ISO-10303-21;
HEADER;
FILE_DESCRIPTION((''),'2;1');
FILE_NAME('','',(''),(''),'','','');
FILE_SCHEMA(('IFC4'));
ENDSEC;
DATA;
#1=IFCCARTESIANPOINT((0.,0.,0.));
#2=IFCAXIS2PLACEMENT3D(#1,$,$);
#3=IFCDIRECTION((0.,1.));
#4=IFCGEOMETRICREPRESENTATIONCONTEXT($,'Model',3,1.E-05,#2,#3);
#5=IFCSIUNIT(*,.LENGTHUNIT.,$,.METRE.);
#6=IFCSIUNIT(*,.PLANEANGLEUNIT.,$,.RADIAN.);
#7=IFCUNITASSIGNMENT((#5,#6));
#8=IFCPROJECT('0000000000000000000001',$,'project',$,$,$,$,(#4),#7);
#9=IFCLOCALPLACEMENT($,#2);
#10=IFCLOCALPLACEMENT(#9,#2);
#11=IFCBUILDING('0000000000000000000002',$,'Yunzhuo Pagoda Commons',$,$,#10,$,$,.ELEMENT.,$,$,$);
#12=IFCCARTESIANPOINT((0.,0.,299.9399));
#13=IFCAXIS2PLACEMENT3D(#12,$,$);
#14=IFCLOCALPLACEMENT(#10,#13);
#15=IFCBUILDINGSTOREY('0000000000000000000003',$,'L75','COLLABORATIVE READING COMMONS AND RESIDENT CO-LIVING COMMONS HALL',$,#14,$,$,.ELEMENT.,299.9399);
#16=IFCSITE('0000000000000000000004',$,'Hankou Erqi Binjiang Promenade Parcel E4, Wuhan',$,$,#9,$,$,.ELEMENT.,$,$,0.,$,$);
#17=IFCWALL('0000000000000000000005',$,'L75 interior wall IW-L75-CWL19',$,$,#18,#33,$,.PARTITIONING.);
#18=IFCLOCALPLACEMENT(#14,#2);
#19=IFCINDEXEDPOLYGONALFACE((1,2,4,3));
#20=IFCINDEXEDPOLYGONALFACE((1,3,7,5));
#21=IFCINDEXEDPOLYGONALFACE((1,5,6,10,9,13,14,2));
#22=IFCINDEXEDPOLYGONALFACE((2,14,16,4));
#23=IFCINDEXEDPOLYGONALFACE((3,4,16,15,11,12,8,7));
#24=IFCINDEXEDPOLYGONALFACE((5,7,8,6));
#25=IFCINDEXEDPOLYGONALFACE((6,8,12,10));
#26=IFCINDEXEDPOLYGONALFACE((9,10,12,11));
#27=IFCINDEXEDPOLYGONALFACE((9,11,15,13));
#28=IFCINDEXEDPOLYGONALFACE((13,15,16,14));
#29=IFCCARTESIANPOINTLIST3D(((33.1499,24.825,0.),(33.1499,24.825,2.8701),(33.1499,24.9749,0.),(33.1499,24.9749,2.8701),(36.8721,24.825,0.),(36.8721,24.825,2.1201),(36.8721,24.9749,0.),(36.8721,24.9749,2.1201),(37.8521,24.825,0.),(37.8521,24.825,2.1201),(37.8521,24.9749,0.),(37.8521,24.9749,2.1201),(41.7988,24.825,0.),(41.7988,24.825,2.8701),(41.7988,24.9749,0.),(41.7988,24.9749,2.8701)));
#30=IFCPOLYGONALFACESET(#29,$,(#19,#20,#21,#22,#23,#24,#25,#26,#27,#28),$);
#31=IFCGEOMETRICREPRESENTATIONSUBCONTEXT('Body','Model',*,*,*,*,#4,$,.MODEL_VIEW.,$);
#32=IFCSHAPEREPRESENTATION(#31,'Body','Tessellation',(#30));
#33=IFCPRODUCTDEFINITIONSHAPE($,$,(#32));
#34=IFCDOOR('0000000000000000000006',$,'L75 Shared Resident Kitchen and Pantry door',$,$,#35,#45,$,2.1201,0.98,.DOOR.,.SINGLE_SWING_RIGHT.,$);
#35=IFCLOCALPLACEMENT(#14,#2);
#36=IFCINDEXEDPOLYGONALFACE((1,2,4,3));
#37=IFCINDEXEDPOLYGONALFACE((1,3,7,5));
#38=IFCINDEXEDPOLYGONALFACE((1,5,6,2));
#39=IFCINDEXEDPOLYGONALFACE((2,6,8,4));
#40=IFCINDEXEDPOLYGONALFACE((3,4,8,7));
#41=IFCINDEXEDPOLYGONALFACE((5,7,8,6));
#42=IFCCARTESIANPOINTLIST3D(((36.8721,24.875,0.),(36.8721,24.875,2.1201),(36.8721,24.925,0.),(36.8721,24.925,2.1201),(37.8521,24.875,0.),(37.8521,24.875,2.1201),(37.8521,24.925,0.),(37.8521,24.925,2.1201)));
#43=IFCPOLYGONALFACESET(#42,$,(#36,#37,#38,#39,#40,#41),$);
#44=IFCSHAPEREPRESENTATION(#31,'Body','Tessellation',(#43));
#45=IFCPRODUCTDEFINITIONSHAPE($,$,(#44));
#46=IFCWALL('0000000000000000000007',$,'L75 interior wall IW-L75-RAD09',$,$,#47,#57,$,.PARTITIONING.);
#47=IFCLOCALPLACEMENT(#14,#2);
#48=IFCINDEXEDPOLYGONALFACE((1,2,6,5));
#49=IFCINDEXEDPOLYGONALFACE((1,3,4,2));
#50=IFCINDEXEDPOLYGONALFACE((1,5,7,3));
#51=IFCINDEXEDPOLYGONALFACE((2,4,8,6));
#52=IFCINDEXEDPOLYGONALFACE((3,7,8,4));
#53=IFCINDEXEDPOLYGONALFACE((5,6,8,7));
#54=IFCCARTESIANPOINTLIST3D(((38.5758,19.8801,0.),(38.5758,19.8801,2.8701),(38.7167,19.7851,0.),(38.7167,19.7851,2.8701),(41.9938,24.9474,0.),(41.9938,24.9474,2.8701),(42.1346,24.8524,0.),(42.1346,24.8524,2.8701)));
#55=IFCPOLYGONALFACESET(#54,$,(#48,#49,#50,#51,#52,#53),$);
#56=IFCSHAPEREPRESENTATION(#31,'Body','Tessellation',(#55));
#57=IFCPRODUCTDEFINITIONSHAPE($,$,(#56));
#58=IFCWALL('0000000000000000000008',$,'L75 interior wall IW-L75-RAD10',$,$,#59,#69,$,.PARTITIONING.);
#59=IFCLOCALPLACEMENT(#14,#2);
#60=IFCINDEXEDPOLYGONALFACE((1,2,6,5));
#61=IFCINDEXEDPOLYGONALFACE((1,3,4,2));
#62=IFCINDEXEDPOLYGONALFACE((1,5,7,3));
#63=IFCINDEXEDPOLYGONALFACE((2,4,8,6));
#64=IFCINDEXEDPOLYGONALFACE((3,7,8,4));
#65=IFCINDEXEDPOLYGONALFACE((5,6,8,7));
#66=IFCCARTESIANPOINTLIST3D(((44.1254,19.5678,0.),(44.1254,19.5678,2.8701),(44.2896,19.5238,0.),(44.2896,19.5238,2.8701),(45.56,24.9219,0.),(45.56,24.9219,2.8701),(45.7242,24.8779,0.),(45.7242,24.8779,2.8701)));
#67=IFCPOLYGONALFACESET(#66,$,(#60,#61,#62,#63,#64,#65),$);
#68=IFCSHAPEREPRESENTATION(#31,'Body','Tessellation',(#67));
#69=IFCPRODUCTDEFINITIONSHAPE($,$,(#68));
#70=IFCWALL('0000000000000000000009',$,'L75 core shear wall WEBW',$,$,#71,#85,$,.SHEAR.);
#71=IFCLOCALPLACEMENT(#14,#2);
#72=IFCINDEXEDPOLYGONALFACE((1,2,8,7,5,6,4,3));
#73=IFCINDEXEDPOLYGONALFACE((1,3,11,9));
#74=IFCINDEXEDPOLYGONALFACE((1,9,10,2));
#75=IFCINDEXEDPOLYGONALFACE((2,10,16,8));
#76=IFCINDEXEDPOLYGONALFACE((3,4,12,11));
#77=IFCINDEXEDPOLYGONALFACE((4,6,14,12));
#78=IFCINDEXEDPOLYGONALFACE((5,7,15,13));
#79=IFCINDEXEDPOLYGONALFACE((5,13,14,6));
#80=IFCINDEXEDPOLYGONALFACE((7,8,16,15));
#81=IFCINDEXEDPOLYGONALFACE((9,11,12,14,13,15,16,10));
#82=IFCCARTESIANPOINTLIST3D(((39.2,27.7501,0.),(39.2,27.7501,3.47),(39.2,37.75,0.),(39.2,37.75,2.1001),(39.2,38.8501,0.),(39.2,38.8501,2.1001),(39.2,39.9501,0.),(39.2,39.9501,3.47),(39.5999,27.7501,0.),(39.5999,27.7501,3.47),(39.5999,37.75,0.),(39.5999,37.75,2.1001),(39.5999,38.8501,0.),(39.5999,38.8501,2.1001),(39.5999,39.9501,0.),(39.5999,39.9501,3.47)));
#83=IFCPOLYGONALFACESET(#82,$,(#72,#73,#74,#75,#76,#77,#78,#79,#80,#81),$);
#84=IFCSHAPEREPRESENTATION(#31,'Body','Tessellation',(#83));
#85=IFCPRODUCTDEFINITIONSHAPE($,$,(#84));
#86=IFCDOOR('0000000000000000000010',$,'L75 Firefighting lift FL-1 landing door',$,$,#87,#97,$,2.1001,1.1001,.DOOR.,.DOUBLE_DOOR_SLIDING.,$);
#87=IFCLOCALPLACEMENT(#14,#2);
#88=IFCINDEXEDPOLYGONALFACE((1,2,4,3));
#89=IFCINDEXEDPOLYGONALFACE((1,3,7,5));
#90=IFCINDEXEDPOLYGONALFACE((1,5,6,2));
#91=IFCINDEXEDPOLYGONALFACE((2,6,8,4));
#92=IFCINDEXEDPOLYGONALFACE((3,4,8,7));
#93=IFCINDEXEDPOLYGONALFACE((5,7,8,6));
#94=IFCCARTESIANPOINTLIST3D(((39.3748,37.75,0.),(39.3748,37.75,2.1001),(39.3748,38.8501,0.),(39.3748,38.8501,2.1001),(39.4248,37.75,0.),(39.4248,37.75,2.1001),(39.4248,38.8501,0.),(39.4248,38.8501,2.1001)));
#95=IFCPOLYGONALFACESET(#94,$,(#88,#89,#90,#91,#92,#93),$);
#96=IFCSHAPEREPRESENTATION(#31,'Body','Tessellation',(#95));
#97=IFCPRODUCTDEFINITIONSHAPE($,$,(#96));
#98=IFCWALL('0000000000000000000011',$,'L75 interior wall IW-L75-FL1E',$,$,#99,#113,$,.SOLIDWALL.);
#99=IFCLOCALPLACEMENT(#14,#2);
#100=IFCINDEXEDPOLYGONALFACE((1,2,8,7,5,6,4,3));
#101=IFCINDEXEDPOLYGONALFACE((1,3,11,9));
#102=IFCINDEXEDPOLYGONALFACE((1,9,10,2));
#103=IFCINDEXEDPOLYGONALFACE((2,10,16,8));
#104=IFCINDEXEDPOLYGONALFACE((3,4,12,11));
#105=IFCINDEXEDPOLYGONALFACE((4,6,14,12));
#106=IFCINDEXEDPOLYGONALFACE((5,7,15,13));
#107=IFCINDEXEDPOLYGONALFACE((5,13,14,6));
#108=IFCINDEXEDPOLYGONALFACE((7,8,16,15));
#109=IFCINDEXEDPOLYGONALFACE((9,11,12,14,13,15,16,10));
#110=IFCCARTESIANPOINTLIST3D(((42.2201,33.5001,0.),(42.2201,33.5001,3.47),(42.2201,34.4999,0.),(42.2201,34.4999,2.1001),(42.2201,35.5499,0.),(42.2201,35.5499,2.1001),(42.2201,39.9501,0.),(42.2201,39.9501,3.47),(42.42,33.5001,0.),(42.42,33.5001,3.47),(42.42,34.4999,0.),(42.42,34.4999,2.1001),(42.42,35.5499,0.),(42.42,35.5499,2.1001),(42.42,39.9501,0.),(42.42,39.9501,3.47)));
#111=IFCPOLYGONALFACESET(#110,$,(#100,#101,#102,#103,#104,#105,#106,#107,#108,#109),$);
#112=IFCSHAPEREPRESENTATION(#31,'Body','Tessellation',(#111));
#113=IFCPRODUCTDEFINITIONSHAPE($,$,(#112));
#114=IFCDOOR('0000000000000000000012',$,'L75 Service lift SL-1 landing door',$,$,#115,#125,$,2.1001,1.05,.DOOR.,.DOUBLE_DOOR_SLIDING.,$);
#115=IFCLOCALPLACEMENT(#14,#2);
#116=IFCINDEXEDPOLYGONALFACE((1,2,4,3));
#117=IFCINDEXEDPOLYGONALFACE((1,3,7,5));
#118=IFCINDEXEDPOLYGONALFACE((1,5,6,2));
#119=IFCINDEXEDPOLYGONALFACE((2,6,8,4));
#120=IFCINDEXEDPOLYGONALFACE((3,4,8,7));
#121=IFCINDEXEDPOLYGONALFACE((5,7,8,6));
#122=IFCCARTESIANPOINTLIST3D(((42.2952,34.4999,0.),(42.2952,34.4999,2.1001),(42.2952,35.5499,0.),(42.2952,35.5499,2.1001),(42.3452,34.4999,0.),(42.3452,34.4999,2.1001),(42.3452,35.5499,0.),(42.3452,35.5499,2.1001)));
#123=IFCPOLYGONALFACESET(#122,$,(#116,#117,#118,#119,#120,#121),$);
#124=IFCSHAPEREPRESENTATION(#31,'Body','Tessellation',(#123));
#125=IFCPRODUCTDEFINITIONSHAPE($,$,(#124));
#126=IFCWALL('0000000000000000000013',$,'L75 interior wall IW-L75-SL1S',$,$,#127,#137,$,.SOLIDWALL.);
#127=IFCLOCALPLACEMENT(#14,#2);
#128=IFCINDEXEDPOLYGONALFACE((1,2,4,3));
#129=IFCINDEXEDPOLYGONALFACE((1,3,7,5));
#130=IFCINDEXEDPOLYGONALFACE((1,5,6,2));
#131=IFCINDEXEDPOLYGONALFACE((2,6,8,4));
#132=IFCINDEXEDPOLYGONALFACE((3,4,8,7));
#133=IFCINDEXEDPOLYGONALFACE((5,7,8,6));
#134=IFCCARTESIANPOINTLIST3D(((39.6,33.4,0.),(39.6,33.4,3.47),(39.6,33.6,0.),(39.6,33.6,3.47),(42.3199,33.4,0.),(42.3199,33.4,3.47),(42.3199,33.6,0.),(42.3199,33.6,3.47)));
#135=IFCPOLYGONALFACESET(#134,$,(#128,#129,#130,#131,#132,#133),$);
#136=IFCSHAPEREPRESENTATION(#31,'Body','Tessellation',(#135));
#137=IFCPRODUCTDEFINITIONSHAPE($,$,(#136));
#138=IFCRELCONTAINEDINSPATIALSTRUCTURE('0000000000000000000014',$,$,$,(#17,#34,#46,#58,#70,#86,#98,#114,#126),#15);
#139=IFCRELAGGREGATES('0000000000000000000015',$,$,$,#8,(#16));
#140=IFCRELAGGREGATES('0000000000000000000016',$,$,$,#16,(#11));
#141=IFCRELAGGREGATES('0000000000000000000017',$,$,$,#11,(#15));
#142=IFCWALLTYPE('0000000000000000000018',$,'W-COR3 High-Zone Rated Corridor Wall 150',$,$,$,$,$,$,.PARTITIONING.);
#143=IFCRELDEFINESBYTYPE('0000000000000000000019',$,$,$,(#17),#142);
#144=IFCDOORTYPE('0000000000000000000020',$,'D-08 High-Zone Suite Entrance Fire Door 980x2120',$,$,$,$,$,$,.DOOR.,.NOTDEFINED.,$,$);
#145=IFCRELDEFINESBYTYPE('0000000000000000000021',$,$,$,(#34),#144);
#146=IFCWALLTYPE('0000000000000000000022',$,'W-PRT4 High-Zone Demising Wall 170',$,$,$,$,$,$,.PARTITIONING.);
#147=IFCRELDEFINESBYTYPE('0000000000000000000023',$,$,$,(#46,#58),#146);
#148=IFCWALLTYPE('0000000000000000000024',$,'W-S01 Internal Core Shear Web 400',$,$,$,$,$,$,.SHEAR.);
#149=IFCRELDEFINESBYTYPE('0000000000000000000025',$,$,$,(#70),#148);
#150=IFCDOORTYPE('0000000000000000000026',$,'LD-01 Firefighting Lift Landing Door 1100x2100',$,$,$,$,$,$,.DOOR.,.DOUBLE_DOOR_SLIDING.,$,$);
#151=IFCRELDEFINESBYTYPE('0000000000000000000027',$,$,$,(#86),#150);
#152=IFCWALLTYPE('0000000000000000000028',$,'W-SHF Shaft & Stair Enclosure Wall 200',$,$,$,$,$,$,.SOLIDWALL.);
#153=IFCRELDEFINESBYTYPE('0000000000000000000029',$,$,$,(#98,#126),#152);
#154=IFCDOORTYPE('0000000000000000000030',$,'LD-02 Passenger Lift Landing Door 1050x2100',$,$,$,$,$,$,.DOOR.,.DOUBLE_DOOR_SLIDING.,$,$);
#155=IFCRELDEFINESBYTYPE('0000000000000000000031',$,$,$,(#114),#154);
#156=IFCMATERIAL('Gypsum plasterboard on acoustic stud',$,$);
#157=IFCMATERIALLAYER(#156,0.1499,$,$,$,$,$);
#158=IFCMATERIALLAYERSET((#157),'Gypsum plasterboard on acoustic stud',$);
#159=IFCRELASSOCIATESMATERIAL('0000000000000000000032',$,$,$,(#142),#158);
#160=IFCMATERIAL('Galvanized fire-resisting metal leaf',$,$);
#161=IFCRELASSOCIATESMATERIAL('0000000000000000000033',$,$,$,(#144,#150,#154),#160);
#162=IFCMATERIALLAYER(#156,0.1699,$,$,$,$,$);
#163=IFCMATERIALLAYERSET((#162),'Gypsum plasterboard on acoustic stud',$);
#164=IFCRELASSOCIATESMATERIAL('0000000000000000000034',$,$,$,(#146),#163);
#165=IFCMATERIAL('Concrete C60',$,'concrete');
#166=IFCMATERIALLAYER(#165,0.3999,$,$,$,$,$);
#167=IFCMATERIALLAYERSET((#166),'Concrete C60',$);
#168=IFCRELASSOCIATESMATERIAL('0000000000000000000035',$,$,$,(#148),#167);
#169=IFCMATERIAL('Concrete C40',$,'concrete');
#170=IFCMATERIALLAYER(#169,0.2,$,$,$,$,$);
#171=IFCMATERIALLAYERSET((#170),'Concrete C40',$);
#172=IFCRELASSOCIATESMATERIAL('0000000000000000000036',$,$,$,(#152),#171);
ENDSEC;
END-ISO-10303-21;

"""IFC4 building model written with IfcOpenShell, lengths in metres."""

from ifc_helpers import new_model, si_unit, direction, frame, frame_2d, origin, origin_with_axes, place, context, subcontext, project, spatial, rectangle, extrude, source, transform, mapped, material, layer, layer_set, type_object, element, fill, save


model = new_model("IFC4")

# Units and contexts
model_context = context("Model", 3, precision=1e-05, world=origin(), true_north=direction((0.0, 1.0)))
body_context = subcontext(model_context, "Body", "Model", "MODEL_VIEW")
ifc_project = project(units=[si_unit("LENGTHUNIT", "METRE"), si_unit("PLANEANGLEUNIT", "RADIAN")], contexts=[model_context])

# Site, building, storey
site_placement = place(None, origin())
site = spatial("IfcSite", under=ifc_project, at=site_placement, Name="Hankou Erqi Binjiang Promenade Parcel E4, Wuhan", CompositionType="ELEMENT", RefElevation=0.0)
building_placement = place(site_placement, origin())
building = spatial("IfcBuilding", under=site, at=building_placement, Name="Yunzhuo Pagoda Commons", CompositionType="ELEMENT")
storey_placement = place(building_placement, frame((0.0, 0.0, 299.9399)))
storey = spatial("IfcBuildingStorey", under=building, at=storey_placement, Name="L75", Description="COLLABORATIVE READING COMMONS AND RESIDENT CO-LIVING COMMONS HALL", CompositionType="ELEMENT", Elevation=299.9399)

# Wall, opening, door
ifc_material_1 = material(Name="Gypsum plasterboard on acoustic stud")
ifc_layer_1 = layer(ifc_material_1, 0.1499)
ifc_layer_set_1 = layer_set([ifc_layer_1], Name="Gypsum plasterboard on acoustic stud")
wall_type_1 = type_object("IfcWallType", Name="W-COR3 High-Zone Rated Corridor Wall 150", PredefinedType="PARTITIONING", material=ifc_layer_set_1)
ifc_material_2 = material(Name="Galvanized fire-resisting metal leaf")
wall_1_placement = place(storey_placement, frame((41.7988, 24.8999, 0.0), z_axis=(0.0, 0.0, 1.0), x_axis=(-1.0, 0.0, 0.0)))
wall_1 = element("IfcWall", 1, at=wall_1_placement, inside=storey, type_object=wall_type_1, Name="L75 interior wall IW-L75-CWL19", PredefinedType="PARTITIONING", context=body_context, shape_type="SweptSolid", body=[
    extrude(rectangle(XDim=8.6489, YDim=0.1499, at=frame_2d((4.3245, 0.0))), origin(), (0.0, 0.0, 1.0), 2.8701),
])
opening_1_placement = place(wall_1_placement, frame((3.9468, 0.0, 0.0)))
opening_1 = element("IfcOpeningElement", 2, at=opening_1_placement, cuts=wall_1, PredefinedType="OPENING", context=body_context, shape_type="SweptSolid", body=[
    extrude(rectangle(XDim=0.98, YDim=2.1201, at=frame_2d((0.49, 1.0601))), frame((0.0, 0.085, 0.0), z_axis=(0.0, -1.0, 0.0), x_axis=(1.0, 0.0, 0.0)), (0.0, 0.0, 1.0), 0.1699),
])
door_type_1 = type_object("IfcDoorType", Name="D-08 High-Zone Suite Entrance Fire Door 980x2120", OperationType="NOTDEFINED", PredefinedType="DOOR", material=ifc_material_2)
shared_shape_1 = source(origin(), body_context, "Body", "SweptSolid", [
    extrude(rectangle(XDim=0.98, YDim=2.1201, at=frame_2d((0.49, 1.0601))), frame((0.0, 0.0249, 0.0), z_axis=(0.0, -1.0, 0.0), x_axis=(1.0, 0.0, 0.0)), (0.0, 0.0, 1.0), 0.05),
])
door_1_placement = place(opening_1_placement, origin_with_axes())
door_1 = element("IfcDoor", 3, at=door_1_placement, inside=storey, type_object=door_type_1, Name="L75 Shared Resident Kitchen and Pantry door", OperationType="SINGLE_SWING_RIGHT", OverallHeight=2.1201, OverallWidth=0.98, PredefinedType="DOOR", context=body_context, shape_type="MappedRepresentation", body=[
    mapped(shared_shape_1, transform((0.0, 0.0, 0.0), scale=1.0)),
])
fill(opening_1, door_1)

# Walls
ifc_layer_2 = layer(ifc_material_1, 0.1699)
ifc_layer_set_2 = layer_set([ifc_layer_2], Name="Gypsum plasterboard on acoustic stud")
wall_type_2 = type_object("IfcWallType", Name="W-PRT4 High-Zone Demising Wall 170", PredefinedType="PARTITIONING", material=ifc_layer_set_2)
wall_2_placement = place(storey_placement, frame((42.0642, 24.8999, 0.0), z_axis=(0.0, 0.0, 1.0), x_axis=(-0.55919, -0.829039, 0.0)))
element("IfcWall", 4, at=wall_2_placement, inside=storey, type_object=wall_type_2, Name="L75 interior wall IW-L75-RAD09", PredefinedType="PARTITIONING", context=body_context, shape_type="SweptSolid", body=[
    extrude(rectangle(XDim=6.1123, YDim=0.1699, at=frame_2d((3.0562, 0.0))), origin(), (0.0, 0.0, 1.0), 2.8701),
])
wall_3_placement = place(storey_placement, frame((45.6421, 24.8999, 0.0), z_axis=(0.0, 0.0, 1.0), x_axis=(-0.258814, -0.965927, 0.0)))
element("IfcWall", 5, at=wall_3_placement, inside=storey, type_object=wall_type_2, Name="L75 interior wall IW-L75-RAD10", PredefinedType="PARTITIONING", context=body_context, shape_type="SweptSolid", body=[
    extrude(rectangle(XDim=5.543, YDim=0.1699, at=frame_2d((2.7715, 0.0))), origin(), (0.0, 0.0, 1.0), 2.8701),
])

# Walls, openings, doors
ifc_material_3 = material(Name="Concrete C60", Category="concrete")
ifc_layer_3 = layer(ifc_material_3, 0.3999)
ifc_layer_set_3 = layer_set([ifc_layer_3], Name="Concrete C60")
wall_type_3 = type_object("IfcWallType", Name="W-S01 Internal Core Shear Web 400", PredefinedType="SHEAR", material=ifc_layer_set_3)
wall_4_placement = place(storey_placement, frame((39.3999, 27.75, 0.0), z_axis=(0.0, 0.0, 1.0), x_axis=(0.0, 1.0, 0.0)))
wall_4 = element("IfcWall", 6, at=wall_4_placement, inside=storey, type_object=wall_type_3, Name="L75 core shear wall WEBW", PredefinedType="SHEAR", context=body_context, shape_type="SweptSolid", body=[
    extrude(rectangle(XDim=12.2, YDim=0.3999, at=frame_2d((6.1001, 0.0))), origin(), (0.0, 0.0, 1.0), 3.47),
])
opening_2_placement = place(wall_4_placement, frame((10.0, 0.0, 0.0)))
opening_2 = element("IfcOpeningElement", 7, at=opening_2_placement, cuts=wall_4, PredefinedType="OPENING", context=body_context, shape_type="SweptSolid", body=[
    extrude(rectangle(XDim=1.1001, YDim=2.1001, at=frame_2d((0.55, 1.05))), frame((0.0, 0.21, 0.0), z_axis=(0.0, -1.0, 0.0), x_axis=(1.0, 0.0, 0.0)), (0.0, 0.0, 1.0), 0.4199),
])
door_type_2 = type_object("IfcDoorType", Name="LD-01 Firefighting Lift Landing Door 1100x2100", OperationType="DOUBLE_DOOR_SLIDING", PredefinedType="DOOR", material=ifc_material_2)
shared_shape_2 = source(origin(), body_context, "Body", "SweptSolid", [
    extrude(rectangle(XDim=1.1001, YDim=2.1001, at=frame_2d((0.55, 1.05))), frame((0.0, 0.0249, 0.0), z_axis=(0.0, -1.0, 0.0), x_axis=(1.0, 0.0, 0.0)), (0.0, 0.0, 1.0), 0.05),
])
door_2_placement = place(opening_2_placement, frame((1.1001, 0.0, 0.0), z_axis=(0.0, 0.0, 1.0), x_axis=(-1.0, 0.0, 0.0)))
door_2 = element("IfcDoor", 8, at=door_2_placement, inside=storey, type_object=door_type_2, Name="L75 Firefighting lift FL-1 landing door", OperationType="DOUBLE_DOOR_SLIDING", OverallHeight=2.1001, OverallWidth=1.1001, PredefinedType="DOOR", context=body_context, shape_type="MappedRepresentation", body=[
    mapped(shared_shape_2, transform((0.0, 0.0, 0.0), scale=1.0)),
])
fill(opening_2, door_2)
ifc_material_4 = material(Name="Concrete C40", Category="concrete")
ifc_layer_4 = layer(ifc_material_4, 0.2)
ifc_layer_set_4 = layer_set([ifc_layer_4], Name="Concrete C40")
wall_type_4 = type_object("IfcWallType", Name="W-SHF Shaft & Stair Enclosure Wall 200", PredefinedType="SOLIDWALL", material=ifc_layer_set_4)
wall_5_placement = place(storey_placement, frame((42.3201, 33.5, 0.0), z_axis=(0.0, 0.0, 1.0), x_axis=(0.0, 1.0, 0.0)))
wall_5 = element("IfcWall", 9, at=wall_5_placement, inside=storey, type_object=wall_type_4, Name="L75 interior wall IW-L75-FL1E", PredefinedType="SOLIDWALL", context=body_context, shape_type="SweptSolid", body=[
    extrude(rectangle(XDim=6.45, YDim=0.2, at=frame_2d((3.2251, 0.0))), origin(), (0.0, 0.0, 1.0), 3.47),
])
opening_3_placement = place(wall_5_placement, frame((1.0, 0.0, 0.0)))
opening_3 = element("IfcOpeningElement", 10, at=opening_3_placement, cuts=wall_5, PredefinedType="OPENING", context=body_context, shape_type="SweptSolid", body=[
    extrude(rectangle(XDim=1.05, YDim=2.1001, at=frame_2d((0.5249, 1.05))), frame((0.0, 0.1099, 0.0), z_axis=(0.0, -1.0, 0.0), x_axis=(1.0, 0.0, 0.0)), (0.0, 0.0, 1.0), 0.22),
])
door_type_3 = type_object("IfcDoorType", Name="LD-02 Passenger Lift Landing Door 1050x2100", OperationType="DOUBLE_DOOR_SLIDING", PredefinedType="DOOR", material=ifc_material_2)
shared_shape_3 = source(origin(), body_context, "Body", "SweptSolid", [
    extrude(rectangle(XDim=1.05, YDim=2.1001, at=frame_2d((0.5249, 1.05))), frame((0.0, 0.0249, 0.0), z_axis=(0.0, -1.0, 0.0), x_axis=(1.0, 0.0, 0.0)), (0.0, 0.0, 1.0), 0.05),
])
door_3_placement = place(opening_3_placement, origin_with_axes())
door_3 = element("IfcDoor", 11, at=door_3_placement, inside=storey, type_object=door_type_3, Name="L75 Service lift SL-1 landing door", OperationType="DOUBLE_DOOR_SLIDING", OverallHeight=2.1001, OverallWidth=1.05, PredefinedType="DOOR", context=body_context, shape_type="MappedRepresentation", body=[
    mapped(shared_shape_3, transform((0.0, 0.0, 0.0), scale=1.0)),
])
fill(opening_3, door_3)

# Wall
wall_6_placement = place(storey_placement, frame((39.6001, 33.5, 0.0), z_axis=(0.0, 0.0, 1.0), x_axis=(1.0, 0.0, 0.0)))
element("IfcWall", 12, at=wall_6_placement, inside=storey, type_object=wall_type_4, Name="L75 interior wall IW-L75-SL1S", PredefinedType="SOLIDWALL", context=body_context, shape_type="SweptSolid", body=[
    extrude(rectangle(XDim=2.72, YDim=0.2, at=frame_2d((1.3599, 0.0))), origin(), (0.0, 0.0, 1.0), 3.47),
])

save(model, "model.ifc")
